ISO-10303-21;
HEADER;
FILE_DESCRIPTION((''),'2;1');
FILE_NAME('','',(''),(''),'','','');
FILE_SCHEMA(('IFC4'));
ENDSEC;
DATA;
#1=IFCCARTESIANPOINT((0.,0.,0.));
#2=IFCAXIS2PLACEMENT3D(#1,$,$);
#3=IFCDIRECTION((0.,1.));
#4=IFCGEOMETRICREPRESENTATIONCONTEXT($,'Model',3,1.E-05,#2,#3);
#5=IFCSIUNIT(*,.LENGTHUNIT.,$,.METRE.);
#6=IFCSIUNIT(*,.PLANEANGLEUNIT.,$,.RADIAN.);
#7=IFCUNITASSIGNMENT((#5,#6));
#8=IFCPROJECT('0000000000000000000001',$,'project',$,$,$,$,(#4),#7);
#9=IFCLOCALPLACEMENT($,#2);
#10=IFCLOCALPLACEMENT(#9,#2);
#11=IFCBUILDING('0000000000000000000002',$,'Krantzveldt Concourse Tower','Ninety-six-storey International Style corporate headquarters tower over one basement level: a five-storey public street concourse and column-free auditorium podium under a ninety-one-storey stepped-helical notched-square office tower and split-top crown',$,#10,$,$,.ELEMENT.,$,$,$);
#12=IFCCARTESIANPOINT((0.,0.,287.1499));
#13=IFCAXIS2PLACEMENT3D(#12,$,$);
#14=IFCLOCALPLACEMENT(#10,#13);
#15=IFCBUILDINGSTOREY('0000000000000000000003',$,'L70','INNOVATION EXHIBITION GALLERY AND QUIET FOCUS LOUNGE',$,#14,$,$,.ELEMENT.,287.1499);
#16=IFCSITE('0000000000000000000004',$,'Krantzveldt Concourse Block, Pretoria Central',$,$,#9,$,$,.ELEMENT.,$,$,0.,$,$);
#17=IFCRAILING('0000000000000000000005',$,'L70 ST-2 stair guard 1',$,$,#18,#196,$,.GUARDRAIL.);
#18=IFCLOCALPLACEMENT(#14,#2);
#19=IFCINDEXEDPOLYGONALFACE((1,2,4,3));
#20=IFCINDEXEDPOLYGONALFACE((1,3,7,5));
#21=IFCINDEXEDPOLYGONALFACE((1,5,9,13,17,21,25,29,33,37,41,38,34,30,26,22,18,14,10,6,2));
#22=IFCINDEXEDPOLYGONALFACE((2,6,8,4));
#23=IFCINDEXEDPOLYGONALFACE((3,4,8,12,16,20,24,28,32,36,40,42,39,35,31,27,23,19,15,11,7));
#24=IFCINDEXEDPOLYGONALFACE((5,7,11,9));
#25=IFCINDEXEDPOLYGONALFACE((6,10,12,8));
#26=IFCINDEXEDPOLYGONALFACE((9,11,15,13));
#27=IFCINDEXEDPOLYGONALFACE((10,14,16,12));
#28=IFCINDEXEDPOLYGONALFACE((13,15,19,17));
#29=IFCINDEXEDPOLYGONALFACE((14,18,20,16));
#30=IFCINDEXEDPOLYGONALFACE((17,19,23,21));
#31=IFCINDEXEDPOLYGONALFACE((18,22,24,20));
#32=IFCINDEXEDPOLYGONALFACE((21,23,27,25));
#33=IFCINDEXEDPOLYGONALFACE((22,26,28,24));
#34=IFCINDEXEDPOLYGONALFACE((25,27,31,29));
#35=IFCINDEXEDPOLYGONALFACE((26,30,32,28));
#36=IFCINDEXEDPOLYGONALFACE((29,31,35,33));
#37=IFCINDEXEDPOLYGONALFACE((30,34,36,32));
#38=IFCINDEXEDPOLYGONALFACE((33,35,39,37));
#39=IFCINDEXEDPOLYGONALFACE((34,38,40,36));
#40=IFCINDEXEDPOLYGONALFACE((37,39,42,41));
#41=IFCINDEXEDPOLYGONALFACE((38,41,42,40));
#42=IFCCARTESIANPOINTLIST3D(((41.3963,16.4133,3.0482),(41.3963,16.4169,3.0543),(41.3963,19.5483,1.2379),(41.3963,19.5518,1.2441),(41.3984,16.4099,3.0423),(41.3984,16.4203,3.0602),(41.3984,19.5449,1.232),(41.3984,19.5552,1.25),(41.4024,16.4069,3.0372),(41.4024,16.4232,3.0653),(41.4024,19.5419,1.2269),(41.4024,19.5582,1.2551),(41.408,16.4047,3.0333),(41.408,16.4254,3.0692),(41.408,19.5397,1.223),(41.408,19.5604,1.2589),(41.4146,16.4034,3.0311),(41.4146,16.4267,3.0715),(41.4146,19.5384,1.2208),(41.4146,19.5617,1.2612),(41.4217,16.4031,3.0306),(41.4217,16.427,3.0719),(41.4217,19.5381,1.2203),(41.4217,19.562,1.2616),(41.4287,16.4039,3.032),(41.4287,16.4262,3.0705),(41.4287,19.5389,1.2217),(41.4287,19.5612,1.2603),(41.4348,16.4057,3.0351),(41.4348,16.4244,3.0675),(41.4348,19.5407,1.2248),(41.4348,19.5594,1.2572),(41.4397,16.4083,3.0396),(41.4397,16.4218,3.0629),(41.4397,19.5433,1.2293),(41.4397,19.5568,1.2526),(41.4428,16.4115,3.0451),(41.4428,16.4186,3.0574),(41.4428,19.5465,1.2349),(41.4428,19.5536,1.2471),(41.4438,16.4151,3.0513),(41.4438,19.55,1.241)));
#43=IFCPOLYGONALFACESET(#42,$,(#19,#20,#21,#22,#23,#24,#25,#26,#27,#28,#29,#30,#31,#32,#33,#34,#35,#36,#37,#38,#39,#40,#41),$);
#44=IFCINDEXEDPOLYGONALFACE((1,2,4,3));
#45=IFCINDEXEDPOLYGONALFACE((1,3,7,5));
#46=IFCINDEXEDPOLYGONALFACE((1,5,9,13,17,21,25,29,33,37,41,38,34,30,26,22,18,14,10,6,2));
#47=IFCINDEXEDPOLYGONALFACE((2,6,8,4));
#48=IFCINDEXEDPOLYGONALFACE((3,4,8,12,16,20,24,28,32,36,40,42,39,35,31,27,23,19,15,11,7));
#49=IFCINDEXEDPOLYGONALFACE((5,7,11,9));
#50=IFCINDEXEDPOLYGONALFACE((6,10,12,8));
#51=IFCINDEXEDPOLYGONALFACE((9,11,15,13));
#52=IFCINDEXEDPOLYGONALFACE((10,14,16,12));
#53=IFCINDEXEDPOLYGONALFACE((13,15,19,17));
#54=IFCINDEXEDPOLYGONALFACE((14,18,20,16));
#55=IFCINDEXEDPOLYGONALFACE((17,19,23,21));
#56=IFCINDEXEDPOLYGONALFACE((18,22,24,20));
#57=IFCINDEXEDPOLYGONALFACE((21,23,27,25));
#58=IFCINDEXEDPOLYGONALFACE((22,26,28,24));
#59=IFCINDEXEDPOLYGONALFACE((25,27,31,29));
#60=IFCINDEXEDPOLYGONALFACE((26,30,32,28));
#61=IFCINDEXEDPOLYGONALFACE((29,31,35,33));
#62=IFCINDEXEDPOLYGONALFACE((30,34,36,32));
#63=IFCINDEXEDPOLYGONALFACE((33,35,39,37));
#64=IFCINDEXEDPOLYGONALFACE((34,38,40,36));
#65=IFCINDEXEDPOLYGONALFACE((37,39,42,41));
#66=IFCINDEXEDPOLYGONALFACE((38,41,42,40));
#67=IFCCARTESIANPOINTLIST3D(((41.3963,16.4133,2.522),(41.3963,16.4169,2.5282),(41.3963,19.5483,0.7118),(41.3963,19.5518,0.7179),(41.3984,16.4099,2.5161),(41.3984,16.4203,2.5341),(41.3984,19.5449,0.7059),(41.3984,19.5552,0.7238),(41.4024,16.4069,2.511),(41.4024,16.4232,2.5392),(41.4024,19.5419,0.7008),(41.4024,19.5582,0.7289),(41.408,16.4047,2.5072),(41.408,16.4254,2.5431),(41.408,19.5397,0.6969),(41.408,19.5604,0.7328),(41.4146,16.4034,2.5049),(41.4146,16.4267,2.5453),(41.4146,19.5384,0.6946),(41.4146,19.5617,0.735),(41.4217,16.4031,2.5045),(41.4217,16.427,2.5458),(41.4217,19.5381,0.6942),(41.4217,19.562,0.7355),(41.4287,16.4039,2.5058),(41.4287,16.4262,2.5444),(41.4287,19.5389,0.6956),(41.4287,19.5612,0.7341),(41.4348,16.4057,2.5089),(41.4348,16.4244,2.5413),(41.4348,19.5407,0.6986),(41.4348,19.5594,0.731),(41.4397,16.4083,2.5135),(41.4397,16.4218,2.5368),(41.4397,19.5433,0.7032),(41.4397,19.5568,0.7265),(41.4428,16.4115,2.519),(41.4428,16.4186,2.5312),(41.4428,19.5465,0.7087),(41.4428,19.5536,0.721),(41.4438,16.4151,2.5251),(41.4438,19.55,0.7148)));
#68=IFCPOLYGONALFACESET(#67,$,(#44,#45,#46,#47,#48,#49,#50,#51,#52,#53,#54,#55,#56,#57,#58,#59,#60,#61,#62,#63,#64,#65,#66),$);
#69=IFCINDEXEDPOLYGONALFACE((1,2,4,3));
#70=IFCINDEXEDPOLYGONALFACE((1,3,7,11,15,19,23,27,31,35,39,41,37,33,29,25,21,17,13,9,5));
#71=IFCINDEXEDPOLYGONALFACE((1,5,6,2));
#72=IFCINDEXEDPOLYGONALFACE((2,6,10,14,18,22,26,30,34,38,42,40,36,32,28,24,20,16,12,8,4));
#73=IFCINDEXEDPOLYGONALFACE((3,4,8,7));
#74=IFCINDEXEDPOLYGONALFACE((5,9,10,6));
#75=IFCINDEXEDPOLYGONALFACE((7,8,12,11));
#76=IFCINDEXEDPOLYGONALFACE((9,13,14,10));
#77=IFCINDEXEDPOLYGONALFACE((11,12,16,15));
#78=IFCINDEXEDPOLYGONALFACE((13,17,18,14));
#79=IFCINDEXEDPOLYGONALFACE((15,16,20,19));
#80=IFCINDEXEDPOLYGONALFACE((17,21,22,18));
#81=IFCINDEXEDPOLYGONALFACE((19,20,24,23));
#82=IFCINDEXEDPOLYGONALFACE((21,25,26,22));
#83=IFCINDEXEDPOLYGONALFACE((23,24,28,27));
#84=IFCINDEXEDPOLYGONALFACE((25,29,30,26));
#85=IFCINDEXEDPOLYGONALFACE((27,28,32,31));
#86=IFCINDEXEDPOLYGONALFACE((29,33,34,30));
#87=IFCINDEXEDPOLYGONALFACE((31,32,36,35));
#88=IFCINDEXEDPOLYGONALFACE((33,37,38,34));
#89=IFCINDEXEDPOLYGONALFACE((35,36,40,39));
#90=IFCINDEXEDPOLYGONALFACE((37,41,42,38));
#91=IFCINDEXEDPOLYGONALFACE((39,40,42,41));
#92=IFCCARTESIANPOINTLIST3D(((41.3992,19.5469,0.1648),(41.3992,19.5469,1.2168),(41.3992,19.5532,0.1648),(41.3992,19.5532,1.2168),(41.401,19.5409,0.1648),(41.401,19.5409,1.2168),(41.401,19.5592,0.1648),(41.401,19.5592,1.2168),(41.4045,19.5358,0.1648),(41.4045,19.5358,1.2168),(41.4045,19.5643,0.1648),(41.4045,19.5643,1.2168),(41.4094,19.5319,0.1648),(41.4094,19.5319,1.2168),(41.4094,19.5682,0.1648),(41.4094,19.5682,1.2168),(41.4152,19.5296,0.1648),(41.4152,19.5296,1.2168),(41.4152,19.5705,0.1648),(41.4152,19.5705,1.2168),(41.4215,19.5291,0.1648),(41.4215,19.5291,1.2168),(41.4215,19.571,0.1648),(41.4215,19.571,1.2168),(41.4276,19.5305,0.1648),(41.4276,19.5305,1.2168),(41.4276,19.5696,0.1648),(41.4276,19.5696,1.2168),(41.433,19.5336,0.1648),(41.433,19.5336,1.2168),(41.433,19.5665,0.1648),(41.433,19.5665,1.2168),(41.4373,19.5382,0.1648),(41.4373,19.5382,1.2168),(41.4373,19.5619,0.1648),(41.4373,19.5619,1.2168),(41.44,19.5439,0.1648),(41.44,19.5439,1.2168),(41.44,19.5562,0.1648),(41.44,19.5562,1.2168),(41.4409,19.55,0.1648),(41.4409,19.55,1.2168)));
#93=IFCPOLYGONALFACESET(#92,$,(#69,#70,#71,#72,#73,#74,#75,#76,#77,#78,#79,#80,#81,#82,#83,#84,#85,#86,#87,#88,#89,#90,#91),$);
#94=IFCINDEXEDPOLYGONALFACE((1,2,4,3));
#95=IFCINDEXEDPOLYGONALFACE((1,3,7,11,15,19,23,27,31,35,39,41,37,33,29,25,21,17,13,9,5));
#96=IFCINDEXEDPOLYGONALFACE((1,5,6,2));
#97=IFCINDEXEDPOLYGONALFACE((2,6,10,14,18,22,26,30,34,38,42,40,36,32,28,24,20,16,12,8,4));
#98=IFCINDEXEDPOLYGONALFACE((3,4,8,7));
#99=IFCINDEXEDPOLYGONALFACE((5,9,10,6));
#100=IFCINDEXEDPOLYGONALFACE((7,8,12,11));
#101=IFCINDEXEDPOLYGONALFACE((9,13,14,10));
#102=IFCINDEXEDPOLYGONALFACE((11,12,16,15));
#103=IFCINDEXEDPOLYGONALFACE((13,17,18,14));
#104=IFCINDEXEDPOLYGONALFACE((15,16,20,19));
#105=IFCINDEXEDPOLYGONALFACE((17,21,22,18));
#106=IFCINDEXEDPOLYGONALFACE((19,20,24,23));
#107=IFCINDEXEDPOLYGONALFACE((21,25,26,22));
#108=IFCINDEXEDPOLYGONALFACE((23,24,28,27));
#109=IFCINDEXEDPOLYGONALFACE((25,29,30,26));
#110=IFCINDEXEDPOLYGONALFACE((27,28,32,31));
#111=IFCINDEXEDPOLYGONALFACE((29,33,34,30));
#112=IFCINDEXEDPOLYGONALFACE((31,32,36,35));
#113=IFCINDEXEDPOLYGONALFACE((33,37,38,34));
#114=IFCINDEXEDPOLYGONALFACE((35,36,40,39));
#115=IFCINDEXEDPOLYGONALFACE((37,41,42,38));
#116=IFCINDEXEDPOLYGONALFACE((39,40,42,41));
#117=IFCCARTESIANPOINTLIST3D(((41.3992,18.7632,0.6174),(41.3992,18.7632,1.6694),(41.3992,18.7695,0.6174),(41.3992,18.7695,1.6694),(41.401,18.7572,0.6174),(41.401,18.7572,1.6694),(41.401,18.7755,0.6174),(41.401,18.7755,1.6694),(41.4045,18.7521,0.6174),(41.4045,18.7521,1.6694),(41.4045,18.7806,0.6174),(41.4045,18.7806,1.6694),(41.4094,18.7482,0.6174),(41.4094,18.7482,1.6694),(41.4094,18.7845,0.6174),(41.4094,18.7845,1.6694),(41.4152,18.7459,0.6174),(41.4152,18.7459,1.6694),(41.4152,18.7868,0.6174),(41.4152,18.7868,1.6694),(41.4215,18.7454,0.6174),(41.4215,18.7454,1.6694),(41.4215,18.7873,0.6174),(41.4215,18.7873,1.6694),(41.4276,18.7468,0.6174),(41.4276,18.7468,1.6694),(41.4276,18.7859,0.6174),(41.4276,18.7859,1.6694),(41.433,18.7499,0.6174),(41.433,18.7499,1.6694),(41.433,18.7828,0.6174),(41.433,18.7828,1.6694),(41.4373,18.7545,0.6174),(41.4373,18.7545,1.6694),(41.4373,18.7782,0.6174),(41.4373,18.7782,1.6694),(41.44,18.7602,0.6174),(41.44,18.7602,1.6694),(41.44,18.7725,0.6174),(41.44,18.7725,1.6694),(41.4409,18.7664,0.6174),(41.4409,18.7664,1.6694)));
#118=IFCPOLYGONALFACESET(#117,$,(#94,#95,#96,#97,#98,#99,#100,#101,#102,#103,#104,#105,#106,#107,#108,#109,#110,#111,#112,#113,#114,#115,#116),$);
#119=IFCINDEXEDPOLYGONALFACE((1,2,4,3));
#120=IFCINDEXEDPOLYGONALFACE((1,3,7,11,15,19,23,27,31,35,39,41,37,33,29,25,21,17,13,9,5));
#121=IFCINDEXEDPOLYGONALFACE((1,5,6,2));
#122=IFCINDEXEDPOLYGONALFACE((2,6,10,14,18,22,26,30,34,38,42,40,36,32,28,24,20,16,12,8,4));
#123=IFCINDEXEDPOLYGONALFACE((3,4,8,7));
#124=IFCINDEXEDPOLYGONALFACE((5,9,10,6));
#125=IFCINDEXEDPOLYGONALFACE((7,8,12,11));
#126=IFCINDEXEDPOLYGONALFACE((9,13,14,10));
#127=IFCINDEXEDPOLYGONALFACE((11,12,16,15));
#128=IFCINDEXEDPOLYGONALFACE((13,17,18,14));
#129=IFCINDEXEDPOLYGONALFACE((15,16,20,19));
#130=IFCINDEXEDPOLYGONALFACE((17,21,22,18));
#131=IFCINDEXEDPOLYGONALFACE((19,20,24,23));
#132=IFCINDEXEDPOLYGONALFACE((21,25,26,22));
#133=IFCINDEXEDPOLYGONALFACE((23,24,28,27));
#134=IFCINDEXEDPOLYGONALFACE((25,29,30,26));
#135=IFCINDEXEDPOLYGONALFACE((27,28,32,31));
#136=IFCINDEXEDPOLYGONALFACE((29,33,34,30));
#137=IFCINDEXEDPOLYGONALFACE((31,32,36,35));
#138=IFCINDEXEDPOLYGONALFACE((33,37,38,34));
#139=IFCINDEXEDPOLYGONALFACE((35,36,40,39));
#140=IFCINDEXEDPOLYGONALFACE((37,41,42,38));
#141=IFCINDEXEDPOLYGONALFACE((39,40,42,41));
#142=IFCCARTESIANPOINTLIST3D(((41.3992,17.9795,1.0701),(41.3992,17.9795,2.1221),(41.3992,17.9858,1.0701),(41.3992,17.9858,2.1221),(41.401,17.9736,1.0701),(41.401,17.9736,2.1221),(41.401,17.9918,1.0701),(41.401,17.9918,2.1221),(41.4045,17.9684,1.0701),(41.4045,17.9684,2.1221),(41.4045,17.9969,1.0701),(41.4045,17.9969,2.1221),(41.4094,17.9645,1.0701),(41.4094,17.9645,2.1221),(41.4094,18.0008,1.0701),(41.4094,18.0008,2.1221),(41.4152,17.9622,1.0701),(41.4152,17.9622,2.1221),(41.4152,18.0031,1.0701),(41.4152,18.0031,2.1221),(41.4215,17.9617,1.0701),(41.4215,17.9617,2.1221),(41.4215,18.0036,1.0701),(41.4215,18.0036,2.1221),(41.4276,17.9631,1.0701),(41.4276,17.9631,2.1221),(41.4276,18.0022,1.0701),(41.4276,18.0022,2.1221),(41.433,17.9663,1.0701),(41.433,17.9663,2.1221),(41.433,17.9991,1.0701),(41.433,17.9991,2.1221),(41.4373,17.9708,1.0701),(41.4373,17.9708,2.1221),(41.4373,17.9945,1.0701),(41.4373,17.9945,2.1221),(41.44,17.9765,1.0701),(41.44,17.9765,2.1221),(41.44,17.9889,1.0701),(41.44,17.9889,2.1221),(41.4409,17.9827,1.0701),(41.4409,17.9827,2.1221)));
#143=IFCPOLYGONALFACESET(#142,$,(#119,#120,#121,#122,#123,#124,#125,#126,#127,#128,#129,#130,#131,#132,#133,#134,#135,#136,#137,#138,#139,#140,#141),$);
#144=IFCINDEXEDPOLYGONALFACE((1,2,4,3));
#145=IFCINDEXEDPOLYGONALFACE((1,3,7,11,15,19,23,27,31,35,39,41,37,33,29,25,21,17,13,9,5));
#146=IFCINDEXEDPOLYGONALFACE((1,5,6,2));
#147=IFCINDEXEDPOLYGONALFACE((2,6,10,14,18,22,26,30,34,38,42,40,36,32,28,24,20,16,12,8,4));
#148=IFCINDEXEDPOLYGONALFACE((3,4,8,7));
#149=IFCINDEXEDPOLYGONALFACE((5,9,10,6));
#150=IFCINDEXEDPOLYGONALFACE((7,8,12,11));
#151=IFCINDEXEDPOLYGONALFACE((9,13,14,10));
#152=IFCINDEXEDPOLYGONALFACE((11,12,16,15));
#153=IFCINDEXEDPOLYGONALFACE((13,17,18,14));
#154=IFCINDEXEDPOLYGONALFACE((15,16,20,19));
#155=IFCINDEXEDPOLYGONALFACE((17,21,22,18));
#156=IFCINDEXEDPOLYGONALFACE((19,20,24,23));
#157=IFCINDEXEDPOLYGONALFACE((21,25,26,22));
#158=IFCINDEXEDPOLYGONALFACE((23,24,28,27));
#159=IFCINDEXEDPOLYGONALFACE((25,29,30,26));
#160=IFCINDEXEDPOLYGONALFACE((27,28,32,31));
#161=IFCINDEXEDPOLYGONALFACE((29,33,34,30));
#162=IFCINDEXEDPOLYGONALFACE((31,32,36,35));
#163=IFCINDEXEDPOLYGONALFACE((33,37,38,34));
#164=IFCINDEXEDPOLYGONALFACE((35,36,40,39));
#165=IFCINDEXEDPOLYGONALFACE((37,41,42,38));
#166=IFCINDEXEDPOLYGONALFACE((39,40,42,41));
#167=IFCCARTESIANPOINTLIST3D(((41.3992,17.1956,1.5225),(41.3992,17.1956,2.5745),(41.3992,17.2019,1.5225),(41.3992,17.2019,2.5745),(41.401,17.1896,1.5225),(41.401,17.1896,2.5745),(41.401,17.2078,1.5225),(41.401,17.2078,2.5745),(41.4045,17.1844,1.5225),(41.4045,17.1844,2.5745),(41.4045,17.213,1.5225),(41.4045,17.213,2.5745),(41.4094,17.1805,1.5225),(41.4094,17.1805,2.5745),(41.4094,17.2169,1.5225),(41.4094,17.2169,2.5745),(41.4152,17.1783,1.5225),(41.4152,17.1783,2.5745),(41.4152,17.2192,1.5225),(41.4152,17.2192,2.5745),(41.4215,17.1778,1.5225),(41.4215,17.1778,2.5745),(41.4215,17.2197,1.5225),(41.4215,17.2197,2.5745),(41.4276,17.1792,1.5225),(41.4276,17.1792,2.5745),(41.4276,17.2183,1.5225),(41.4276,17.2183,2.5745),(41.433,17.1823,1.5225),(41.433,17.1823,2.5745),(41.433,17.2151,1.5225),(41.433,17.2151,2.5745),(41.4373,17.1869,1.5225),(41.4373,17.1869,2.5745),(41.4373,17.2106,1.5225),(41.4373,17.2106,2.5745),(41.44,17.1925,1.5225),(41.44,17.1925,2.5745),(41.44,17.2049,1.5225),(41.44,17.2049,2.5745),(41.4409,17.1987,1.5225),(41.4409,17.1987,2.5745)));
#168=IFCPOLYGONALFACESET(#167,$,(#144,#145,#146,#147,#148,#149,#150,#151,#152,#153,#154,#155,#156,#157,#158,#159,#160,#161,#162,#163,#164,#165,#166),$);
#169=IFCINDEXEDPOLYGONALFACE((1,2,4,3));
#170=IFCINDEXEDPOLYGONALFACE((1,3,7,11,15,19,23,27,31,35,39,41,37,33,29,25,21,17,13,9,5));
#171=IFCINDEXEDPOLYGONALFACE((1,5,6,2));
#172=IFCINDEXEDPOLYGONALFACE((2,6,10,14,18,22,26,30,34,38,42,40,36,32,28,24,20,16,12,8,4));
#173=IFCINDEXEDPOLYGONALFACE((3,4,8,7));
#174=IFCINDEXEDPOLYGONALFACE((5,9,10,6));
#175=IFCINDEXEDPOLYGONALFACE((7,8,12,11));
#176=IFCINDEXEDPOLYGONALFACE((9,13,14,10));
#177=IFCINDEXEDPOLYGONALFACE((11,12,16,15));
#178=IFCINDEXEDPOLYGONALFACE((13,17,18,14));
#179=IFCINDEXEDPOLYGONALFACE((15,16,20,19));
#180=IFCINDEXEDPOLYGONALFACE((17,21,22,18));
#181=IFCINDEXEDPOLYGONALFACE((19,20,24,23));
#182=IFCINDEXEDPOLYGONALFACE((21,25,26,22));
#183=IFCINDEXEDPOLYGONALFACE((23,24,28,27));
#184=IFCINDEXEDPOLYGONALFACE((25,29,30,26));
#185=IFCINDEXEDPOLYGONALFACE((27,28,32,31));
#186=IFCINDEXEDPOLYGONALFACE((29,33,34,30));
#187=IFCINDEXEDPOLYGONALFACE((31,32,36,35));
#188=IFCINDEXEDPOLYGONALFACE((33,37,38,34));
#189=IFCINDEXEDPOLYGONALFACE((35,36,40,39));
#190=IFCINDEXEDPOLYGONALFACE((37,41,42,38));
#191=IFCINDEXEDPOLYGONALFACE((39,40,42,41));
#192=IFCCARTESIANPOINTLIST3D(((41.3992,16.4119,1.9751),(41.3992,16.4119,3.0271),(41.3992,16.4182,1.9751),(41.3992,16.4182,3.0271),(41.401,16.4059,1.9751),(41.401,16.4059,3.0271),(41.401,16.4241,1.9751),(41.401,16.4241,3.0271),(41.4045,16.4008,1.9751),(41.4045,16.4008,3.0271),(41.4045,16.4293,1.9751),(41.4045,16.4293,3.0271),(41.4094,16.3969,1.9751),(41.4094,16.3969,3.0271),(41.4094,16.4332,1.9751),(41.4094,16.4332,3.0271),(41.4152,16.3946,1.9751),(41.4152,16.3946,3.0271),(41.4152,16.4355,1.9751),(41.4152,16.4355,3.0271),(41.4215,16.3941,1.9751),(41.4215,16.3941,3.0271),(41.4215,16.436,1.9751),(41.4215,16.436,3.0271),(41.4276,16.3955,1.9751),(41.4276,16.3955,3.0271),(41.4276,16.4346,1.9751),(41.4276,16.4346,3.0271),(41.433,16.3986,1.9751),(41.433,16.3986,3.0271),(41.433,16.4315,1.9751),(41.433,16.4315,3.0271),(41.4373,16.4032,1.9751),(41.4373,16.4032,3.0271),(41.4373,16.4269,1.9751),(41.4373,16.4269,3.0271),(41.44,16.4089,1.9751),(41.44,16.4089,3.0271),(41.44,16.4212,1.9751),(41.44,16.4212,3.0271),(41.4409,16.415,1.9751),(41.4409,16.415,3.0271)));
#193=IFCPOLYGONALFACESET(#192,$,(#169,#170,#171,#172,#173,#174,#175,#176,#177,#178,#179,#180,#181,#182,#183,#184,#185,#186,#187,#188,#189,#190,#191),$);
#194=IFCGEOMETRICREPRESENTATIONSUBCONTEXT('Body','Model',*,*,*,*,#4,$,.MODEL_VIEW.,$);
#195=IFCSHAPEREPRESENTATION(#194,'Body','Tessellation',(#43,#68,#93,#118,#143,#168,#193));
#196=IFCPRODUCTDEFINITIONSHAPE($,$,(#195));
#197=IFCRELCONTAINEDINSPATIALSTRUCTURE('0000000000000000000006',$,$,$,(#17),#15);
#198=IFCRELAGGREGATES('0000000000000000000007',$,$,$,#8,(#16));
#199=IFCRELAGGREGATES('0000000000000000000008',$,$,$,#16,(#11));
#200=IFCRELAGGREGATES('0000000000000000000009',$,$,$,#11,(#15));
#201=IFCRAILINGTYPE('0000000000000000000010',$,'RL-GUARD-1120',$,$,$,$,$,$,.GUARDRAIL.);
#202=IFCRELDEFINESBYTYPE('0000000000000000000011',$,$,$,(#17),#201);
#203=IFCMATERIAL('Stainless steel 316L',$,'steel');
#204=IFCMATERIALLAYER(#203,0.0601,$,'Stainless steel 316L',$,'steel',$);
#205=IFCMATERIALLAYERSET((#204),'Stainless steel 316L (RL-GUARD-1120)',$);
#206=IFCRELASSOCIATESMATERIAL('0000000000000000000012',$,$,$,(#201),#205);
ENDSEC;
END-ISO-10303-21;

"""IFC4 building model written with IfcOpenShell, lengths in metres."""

from ifc_helpers import new_model, si_unit, direction, frame, origin, origin_2d, place, context, subcontext, project, spatial, circle, extrude, material, layer, layer_set, type_object, element, save


model = new_model("IFC4")

# Units and contexts
model_context = context("Model", 3, precision=1e-05, world=origin(), true_north=direction((0.0, 1.0)))
body_context = subcontext(model_context, "Body", "Model", "MODEL_VIEW")
ifc_project = project(units=[si_unit("LENGTHUNIT", "METRE"), si_unit("PLANEANGLEUNIT", "RADIAN")], contexts=[model_context])

# Site, building, storey
site_placement = place(None, origin())
site = spatial("IfcSite", under=ifc_project, at=site_placement, Name="Krantzveldt Concourse Block, Pretoria Central", CompositionType="ELEMENT", RefElevation=0.0)
building_placement = place(site_placement, origin())
building = spatial("IfcBuilding", under=site, at=building_placement, Name="Krantzveldt Concourse Tower", Description="Ninety-six-storey International Style corporate headquarters tower over one basement level: a five-storey public street concourse and column-free auditorium podium under a ninety-one-storey stepped-helical notched-square office tower and split-top crown", CompositionType="ELEMENT")
storey_placement = place(building_placement, frame((0.0, 0.0, 287.1499)))
storey = spatial("IfcBuildingStorey", under=building, at=storey_placement, Name="L70", Description="INNOVATION EXHIBITION GALLERY AND QUIET FOCUS LOUNGE", CompositionType="ELEMENT", Elevation=287.1499)

# Shared definitions
ifc_material_1 = material(Name="Stainless steel 316L", Category="steel")

# Railing
ifc_layer_1 = layer(ifc_material_1, 0.0601, Name="Stainless steel 316L", Category="steel")
ifc_layer_set_1 = layer_set([ifc_layer_1], Name="Stainless steel 316L (RL-GUARD-1120)")
railing_type_1 = type_object("IfcRailingType", Name="RL-GUARD-1120", PredefinedType="GUARDRAIL", material=ifc_layer_set_1)
railing_1_placement = place(storey_placement, frame((41.4199, 19.55, 0.1648)))
element("IfcRailing", 1, at=railing_1_placement, inside=storey, type_object=railing_type_1, Name="L70 ST-2 stair guard 1", PredefinedType="GUARDRAIL", context=body_context, shape_type="SweptSolid", body=[
    extrude(circle(Radius=0.0239, at=origin_2d()), frame((0.0, 0.0, 1.0762), z_axis=(0.0, -0.865989, 0.500063), x_axis=(1.0, 0.0, 0.0)), (0.0, 0.0, 1.0), 3.6201),
    extrude(circle(Radius=0.0239, at=origin_2d()), frame((0.0, 0.0, 0.55), z_axis=(0.0, -0.865989, 0.500063), x_axis=(1.0, 0.0, 0.0)), (0.0, 0.0, 1.0), 3.6201),
    extrude(circle(Radius=0.021, at=origin_2d()), origin(), (0.0, 0.0, 1.0), 1.052),
    extrude(circle(Radius=0.021, at=origin_2d()), frame((0.0, -0.7837, 0.4526)), (0.0, 0.0, 1.0), 1.052),
    extrude(circle(Radius=0.021, at=origin_2d()), frame((0.0, -1.5674, 0.9053)), (0.0, 0.0, 1.0), 1.052),
    extrude(circle(Radius=0.021, at=origin_2d()), frame((0.0, -2.3513, 1.3577)), (0.0, 0.0, 1.0), 1.052),
    extrude(circle(Radius=0.021, at=origin_2d()), frame((0.0, -3.135, 1.8103)), (0.0, 0.0, 1.0), 1.052),
])

save(model, "model.ifc")
